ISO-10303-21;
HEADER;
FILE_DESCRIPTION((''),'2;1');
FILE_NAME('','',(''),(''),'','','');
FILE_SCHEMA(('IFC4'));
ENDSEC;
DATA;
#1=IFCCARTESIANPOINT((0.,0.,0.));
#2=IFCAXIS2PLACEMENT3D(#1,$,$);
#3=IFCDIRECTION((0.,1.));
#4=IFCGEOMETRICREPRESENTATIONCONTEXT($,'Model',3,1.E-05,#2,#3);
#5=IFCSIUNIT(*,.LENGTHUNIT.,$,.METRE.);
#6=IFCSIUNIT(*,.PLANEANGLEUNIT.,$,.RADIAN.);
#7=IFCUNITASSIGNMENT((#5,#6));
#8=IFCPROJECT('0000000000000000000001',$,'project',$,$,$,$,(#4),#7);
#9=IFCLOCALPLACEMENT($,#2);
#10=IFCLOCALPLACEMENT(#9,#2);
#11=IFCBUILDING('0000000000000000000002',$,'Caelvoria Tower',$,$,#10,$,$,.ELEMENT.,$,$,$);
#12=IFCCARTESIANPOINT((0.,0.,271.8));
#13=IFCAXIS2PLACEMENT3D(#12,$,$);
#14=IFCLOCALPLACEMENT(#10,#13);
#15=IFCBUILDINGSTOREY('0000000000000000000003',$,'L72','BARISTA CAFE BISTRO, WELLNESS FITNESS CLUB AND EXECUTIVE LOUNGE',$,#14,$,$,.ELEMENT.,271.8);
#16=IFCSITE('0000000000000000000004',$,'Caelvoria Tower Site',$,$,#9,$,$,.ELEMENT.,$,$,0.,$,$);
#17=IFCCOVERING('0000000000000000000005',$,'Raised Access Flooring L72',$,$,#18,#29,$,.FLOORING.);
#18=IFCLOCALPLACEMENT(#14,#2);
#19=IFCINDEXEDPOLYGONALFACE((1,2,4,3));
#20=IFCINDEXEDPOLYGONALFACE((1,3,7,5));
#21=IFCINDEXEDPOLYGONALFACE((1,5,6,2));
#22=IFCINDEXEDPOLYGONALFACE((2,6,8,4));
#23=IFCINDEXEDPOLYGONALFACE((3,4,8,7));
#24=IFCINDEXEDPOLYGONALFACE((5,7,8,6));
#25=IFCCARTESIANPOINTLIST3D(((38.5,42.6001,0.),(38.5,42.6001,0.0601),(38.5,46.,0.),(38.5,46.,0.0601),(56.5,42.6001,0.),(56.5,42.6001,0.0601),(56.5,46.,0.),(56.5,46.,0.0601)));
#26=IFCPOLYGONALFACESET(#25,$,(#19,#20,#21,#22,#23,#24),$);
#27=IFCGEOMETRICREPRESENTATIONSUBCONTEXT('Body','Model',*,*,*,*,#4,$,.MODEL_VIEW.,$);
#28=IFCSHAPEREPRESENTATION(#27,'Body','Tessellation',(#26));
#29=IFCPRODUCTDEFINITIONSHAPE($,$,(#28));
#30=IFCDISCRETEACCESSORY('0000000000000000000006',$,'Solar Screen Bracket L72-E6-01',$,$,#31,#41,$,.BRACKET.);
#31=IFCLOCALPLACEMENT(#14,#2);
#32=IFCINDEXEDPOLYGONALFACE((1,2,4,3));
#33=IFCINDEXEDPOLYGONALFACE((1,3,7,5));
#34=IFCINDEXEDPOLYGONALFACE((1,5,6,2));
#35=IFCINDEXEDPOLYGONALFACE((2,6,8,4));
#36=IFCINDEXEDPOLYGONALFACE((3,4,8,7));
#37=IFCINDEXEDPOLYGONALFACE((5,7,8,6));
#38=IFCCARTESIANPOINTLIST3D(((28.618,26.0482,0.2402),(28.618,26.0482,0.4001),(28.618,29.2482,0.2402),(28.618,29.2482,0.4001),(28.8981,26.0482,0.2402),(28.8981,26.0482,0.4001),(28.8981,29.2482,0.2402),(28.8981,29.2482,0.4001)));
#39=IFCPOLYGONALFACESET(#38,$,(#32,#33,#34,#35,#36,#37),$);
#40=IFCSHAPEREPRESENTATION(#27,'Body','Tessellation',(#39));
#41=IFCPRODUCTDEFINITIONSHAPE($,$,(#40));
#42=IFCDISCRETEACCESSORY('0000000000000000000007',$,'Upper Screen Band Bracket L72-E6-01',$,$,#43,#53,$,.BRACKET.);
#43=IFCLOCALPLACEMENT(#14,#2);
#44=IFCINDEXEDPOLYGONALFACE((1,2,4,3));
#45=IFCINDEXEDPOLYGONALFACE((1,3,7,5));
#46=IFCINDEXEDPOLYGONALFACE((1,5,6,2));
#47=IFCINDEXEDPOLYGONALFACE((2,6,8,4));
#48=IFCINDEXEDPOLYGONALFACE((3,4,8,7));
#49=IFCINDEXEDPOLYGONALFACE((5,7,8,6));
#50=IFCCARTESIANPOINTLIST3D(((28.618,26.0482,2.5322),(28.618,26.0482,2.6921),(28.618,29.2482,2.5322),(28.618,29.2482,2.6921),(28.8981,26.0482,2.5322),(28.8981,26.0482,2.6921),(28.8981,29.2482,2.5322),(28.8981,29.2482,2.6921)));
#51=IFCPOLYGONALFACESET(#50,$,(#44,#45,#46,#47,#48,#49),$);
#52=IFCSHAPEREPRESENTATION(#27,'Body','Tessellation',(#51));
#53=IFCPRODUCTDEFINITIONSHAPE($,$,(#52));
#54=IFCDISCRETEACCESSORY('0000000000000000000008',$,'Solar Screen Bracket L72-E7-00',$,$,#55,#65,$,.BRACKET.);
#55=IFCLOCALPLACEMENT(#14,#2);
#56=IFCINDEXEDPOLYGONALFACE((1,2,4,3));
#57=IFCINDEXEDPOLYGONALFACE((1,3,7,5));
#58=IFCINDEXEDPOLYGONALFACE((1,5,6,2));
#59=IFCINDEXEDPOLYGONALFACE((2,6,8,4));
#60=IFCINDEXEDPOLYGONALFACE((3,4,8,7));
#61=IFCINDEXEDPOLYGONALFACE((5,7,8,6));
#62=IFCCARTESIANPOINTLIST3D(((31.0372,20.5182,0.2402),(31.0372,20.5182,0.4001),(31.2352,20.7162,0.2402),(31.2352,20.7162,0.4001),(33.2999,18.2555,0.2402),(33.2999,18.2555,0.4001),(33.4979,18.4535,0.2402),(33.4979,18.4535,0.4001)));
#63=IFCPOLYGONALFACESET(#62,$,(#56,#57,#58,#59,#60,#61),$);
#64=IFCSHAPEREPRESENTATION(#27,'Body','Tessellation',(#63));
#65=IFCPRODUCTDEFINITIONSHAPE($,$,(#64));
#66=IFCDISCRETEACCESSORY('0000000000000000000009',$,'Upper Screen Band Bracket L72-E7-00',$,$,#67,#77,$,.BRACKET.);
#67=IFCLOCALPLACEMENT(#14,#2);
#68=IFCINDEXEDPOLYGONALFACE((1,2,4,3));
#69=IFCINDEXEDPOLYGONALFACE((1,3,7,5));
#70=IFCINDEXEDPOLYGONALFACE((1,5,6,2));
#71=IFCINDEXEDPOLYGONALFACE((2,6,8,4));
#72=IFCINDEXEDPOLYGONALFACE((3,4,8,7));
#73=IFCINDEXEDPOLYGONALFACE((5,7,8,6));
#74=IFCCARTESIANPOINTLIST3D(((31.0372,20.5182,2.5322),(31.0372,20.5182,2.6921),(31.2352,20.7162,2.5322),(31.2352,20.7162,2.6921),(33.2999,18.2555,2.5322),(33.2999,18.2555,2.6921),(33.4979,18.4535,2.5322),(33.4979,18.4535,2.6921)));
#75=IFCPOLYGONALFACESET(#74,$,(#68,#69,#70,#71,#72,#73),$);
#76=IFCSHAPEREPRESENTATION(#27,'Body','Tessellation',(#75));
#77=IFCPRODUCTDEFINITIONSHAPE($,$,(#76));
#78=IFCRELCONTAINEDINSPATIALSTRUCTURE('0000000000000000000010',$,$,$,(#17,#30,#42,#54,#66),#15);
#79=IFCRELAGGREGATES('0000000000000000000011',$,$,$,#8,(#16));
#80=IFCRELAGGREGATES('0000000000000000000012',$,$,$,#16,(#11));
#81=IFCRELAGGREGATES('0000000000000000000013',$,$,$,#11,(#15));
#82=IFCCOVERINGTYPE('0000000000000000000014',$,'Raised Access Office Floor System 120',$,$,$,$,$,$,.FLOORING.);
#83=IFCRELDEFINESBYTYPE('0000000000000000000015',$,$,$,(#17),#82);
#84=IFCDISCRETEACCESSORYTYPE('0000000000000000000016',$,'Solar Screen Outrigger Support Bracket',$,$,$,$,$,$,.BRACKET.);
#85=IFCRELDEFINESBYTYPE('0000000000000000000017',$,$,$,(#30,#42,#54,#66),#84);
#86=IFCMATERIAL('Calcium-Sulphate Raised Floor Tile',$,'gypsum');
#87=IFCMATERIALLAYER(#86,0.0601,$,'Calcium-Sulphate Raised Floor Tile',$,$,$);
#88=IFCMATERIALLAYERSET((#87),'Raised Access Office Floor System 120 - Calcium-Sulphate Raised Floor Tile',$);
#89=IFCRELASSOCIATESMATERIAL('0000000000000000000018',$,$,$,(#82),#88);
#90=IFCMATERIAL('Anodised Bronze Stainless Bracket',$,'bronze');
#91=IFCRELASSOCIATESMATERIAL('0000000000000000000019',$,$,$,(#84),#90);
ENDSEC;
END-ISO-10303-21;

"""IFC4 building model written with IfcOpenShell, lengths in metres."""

from ifc_helpers import new_model, si_unit, direction, frame, origin, origin_2d, place, context, subcontext, project, spatial, polyline, rectangle, outline, extrude, material, layer, layer_set, type_object, element, save


model = new_model("IFC4")

# Units and contexts
model_context = context("Model", 3, precision=1e-05, world=origin(), true_north=direction((0.0, 1.0)))
body_context = subcontext(model_context, "Body", "Model", "MODEL_VIEW")
ifc_project = project(units=[si_unit("LENGTHUNIT", "METRE"), si_unit("PLANEANGLEUNIT", "RADIAN")], contexts=[model_context])

# Site, building, storey
site_placement = place(None, origin())
site = spatial("IfcSite", under=ifc_project, at=site_placement, Name="Caelvoria Tower Site", CompositionType="ELEMENT", RefElevation=0.0)
building_placement = place(site_placement, origin())
building = spatial("IfcBuilding", under=site, at=building_placement, Name="Caelvoria Tower", CompositionType="ELEMENT")
storey_placement = place(building_placement, frame((0.0, 0.0, 271.8)))
storey = spatial("IfcBuildingStorey", under=building, at=storey_placement, Name="L72", Description="BARISTA CAFE BISTRO, WELLNESS FITNESS CLUB AND EXECUTIVE LOUNGE", CompositionType="ELEMENT", Elevation=271.8)

# Covering
ifc_material_1 = material(Name="Calcium-Sulphate Raised Floor Tile", Category="gypsum")
ifc_layer_1 = layer(ifc_material_1, 0.0601, Name="Calcium-Sulphate Raised Floor Tile")
ifc_layer_set_1 = layer_set([ifc_layer_1], Name="Raised Access Office Floor System 120 - Calcium-Sulphate Raised Floor Tile")
covering_type_1 = type_object("IfcCoveringType", Name="Raised Access Office Floor System 120", PredefinedType="FLOORING", material=ifc_layer_set_1)
covering_1_placement = place(storey_placement, origin())
element("IfcCovering", 1, at=covering_1_placement, inside=storey, type_object=covering_type_1, Name="Raised Access Flooring L72", PredefinedType="FLOORING", context=body_context, shape_type="SweptSolid", body=[
    extrude(outline(polyline([(38.5, 42.6001), (56.5, 42.6001), (56.5, 46.0), (38.5, 46.0), (38.5, 42.6001)])), origin(), (0.0, 0.0, 1.0), 0.0601),
])

# Discrete accessories
ifc_material_2 = material(Name="Anodised Bronze Stainless Bracket", Category="bronze")
discrete_accessory_type = type_object("IfcDiscreteAccessoryType", Name="Solar Screen Outrigger Support Bracket", PredefinedType="BRACKET", material=ifc_material_2)
for number, where, z_axis, x_axis, name in (
    (2, (28.7581, 27.6482, 0.2402), (0.0, 0.0, 1.0), (0.0, -1.0, 0.0), "Solar Screen Bracket L72-E6-01"),
    (3, (28.7581, 27.6482, 2.5322), (0.0, 0.0, 1.0), (0.0, -1.0, 0.0), "Upper Screen Band Bracket L72-E6-01"),
    (4, (32.2676, 19.4858, 0.2402), (0.0, 0.0, 1.0), (0.707107, -0.707107, 0.0), "Solar Screen Bracket L72-E7-00"),
    (5, (32.2676, 19.4858, 2.5322), (0.0, 0.0, 1.0), (0.707107, -0.707107, 0.0), "Upper Screen Band Bracket L72-E7-00"),
):
    element("IfcDiscreteAccessory", number, at=place(storey_placement, frame(where, z_axis=z_axis, x_axis=x_axis)), inside=storey, type_object=discrete_accessory_type, Name=name, PredefinedType="BRACKET", context=body_context, shape_type="SweptSolid", body=[
        extrude(rectangle(XDim=3.2, YDim=0.28, at=origin_2d()), origin(), (0.0, 0.0, 1.0), 0.1599),
    ])

save(model, "model.ifc")
